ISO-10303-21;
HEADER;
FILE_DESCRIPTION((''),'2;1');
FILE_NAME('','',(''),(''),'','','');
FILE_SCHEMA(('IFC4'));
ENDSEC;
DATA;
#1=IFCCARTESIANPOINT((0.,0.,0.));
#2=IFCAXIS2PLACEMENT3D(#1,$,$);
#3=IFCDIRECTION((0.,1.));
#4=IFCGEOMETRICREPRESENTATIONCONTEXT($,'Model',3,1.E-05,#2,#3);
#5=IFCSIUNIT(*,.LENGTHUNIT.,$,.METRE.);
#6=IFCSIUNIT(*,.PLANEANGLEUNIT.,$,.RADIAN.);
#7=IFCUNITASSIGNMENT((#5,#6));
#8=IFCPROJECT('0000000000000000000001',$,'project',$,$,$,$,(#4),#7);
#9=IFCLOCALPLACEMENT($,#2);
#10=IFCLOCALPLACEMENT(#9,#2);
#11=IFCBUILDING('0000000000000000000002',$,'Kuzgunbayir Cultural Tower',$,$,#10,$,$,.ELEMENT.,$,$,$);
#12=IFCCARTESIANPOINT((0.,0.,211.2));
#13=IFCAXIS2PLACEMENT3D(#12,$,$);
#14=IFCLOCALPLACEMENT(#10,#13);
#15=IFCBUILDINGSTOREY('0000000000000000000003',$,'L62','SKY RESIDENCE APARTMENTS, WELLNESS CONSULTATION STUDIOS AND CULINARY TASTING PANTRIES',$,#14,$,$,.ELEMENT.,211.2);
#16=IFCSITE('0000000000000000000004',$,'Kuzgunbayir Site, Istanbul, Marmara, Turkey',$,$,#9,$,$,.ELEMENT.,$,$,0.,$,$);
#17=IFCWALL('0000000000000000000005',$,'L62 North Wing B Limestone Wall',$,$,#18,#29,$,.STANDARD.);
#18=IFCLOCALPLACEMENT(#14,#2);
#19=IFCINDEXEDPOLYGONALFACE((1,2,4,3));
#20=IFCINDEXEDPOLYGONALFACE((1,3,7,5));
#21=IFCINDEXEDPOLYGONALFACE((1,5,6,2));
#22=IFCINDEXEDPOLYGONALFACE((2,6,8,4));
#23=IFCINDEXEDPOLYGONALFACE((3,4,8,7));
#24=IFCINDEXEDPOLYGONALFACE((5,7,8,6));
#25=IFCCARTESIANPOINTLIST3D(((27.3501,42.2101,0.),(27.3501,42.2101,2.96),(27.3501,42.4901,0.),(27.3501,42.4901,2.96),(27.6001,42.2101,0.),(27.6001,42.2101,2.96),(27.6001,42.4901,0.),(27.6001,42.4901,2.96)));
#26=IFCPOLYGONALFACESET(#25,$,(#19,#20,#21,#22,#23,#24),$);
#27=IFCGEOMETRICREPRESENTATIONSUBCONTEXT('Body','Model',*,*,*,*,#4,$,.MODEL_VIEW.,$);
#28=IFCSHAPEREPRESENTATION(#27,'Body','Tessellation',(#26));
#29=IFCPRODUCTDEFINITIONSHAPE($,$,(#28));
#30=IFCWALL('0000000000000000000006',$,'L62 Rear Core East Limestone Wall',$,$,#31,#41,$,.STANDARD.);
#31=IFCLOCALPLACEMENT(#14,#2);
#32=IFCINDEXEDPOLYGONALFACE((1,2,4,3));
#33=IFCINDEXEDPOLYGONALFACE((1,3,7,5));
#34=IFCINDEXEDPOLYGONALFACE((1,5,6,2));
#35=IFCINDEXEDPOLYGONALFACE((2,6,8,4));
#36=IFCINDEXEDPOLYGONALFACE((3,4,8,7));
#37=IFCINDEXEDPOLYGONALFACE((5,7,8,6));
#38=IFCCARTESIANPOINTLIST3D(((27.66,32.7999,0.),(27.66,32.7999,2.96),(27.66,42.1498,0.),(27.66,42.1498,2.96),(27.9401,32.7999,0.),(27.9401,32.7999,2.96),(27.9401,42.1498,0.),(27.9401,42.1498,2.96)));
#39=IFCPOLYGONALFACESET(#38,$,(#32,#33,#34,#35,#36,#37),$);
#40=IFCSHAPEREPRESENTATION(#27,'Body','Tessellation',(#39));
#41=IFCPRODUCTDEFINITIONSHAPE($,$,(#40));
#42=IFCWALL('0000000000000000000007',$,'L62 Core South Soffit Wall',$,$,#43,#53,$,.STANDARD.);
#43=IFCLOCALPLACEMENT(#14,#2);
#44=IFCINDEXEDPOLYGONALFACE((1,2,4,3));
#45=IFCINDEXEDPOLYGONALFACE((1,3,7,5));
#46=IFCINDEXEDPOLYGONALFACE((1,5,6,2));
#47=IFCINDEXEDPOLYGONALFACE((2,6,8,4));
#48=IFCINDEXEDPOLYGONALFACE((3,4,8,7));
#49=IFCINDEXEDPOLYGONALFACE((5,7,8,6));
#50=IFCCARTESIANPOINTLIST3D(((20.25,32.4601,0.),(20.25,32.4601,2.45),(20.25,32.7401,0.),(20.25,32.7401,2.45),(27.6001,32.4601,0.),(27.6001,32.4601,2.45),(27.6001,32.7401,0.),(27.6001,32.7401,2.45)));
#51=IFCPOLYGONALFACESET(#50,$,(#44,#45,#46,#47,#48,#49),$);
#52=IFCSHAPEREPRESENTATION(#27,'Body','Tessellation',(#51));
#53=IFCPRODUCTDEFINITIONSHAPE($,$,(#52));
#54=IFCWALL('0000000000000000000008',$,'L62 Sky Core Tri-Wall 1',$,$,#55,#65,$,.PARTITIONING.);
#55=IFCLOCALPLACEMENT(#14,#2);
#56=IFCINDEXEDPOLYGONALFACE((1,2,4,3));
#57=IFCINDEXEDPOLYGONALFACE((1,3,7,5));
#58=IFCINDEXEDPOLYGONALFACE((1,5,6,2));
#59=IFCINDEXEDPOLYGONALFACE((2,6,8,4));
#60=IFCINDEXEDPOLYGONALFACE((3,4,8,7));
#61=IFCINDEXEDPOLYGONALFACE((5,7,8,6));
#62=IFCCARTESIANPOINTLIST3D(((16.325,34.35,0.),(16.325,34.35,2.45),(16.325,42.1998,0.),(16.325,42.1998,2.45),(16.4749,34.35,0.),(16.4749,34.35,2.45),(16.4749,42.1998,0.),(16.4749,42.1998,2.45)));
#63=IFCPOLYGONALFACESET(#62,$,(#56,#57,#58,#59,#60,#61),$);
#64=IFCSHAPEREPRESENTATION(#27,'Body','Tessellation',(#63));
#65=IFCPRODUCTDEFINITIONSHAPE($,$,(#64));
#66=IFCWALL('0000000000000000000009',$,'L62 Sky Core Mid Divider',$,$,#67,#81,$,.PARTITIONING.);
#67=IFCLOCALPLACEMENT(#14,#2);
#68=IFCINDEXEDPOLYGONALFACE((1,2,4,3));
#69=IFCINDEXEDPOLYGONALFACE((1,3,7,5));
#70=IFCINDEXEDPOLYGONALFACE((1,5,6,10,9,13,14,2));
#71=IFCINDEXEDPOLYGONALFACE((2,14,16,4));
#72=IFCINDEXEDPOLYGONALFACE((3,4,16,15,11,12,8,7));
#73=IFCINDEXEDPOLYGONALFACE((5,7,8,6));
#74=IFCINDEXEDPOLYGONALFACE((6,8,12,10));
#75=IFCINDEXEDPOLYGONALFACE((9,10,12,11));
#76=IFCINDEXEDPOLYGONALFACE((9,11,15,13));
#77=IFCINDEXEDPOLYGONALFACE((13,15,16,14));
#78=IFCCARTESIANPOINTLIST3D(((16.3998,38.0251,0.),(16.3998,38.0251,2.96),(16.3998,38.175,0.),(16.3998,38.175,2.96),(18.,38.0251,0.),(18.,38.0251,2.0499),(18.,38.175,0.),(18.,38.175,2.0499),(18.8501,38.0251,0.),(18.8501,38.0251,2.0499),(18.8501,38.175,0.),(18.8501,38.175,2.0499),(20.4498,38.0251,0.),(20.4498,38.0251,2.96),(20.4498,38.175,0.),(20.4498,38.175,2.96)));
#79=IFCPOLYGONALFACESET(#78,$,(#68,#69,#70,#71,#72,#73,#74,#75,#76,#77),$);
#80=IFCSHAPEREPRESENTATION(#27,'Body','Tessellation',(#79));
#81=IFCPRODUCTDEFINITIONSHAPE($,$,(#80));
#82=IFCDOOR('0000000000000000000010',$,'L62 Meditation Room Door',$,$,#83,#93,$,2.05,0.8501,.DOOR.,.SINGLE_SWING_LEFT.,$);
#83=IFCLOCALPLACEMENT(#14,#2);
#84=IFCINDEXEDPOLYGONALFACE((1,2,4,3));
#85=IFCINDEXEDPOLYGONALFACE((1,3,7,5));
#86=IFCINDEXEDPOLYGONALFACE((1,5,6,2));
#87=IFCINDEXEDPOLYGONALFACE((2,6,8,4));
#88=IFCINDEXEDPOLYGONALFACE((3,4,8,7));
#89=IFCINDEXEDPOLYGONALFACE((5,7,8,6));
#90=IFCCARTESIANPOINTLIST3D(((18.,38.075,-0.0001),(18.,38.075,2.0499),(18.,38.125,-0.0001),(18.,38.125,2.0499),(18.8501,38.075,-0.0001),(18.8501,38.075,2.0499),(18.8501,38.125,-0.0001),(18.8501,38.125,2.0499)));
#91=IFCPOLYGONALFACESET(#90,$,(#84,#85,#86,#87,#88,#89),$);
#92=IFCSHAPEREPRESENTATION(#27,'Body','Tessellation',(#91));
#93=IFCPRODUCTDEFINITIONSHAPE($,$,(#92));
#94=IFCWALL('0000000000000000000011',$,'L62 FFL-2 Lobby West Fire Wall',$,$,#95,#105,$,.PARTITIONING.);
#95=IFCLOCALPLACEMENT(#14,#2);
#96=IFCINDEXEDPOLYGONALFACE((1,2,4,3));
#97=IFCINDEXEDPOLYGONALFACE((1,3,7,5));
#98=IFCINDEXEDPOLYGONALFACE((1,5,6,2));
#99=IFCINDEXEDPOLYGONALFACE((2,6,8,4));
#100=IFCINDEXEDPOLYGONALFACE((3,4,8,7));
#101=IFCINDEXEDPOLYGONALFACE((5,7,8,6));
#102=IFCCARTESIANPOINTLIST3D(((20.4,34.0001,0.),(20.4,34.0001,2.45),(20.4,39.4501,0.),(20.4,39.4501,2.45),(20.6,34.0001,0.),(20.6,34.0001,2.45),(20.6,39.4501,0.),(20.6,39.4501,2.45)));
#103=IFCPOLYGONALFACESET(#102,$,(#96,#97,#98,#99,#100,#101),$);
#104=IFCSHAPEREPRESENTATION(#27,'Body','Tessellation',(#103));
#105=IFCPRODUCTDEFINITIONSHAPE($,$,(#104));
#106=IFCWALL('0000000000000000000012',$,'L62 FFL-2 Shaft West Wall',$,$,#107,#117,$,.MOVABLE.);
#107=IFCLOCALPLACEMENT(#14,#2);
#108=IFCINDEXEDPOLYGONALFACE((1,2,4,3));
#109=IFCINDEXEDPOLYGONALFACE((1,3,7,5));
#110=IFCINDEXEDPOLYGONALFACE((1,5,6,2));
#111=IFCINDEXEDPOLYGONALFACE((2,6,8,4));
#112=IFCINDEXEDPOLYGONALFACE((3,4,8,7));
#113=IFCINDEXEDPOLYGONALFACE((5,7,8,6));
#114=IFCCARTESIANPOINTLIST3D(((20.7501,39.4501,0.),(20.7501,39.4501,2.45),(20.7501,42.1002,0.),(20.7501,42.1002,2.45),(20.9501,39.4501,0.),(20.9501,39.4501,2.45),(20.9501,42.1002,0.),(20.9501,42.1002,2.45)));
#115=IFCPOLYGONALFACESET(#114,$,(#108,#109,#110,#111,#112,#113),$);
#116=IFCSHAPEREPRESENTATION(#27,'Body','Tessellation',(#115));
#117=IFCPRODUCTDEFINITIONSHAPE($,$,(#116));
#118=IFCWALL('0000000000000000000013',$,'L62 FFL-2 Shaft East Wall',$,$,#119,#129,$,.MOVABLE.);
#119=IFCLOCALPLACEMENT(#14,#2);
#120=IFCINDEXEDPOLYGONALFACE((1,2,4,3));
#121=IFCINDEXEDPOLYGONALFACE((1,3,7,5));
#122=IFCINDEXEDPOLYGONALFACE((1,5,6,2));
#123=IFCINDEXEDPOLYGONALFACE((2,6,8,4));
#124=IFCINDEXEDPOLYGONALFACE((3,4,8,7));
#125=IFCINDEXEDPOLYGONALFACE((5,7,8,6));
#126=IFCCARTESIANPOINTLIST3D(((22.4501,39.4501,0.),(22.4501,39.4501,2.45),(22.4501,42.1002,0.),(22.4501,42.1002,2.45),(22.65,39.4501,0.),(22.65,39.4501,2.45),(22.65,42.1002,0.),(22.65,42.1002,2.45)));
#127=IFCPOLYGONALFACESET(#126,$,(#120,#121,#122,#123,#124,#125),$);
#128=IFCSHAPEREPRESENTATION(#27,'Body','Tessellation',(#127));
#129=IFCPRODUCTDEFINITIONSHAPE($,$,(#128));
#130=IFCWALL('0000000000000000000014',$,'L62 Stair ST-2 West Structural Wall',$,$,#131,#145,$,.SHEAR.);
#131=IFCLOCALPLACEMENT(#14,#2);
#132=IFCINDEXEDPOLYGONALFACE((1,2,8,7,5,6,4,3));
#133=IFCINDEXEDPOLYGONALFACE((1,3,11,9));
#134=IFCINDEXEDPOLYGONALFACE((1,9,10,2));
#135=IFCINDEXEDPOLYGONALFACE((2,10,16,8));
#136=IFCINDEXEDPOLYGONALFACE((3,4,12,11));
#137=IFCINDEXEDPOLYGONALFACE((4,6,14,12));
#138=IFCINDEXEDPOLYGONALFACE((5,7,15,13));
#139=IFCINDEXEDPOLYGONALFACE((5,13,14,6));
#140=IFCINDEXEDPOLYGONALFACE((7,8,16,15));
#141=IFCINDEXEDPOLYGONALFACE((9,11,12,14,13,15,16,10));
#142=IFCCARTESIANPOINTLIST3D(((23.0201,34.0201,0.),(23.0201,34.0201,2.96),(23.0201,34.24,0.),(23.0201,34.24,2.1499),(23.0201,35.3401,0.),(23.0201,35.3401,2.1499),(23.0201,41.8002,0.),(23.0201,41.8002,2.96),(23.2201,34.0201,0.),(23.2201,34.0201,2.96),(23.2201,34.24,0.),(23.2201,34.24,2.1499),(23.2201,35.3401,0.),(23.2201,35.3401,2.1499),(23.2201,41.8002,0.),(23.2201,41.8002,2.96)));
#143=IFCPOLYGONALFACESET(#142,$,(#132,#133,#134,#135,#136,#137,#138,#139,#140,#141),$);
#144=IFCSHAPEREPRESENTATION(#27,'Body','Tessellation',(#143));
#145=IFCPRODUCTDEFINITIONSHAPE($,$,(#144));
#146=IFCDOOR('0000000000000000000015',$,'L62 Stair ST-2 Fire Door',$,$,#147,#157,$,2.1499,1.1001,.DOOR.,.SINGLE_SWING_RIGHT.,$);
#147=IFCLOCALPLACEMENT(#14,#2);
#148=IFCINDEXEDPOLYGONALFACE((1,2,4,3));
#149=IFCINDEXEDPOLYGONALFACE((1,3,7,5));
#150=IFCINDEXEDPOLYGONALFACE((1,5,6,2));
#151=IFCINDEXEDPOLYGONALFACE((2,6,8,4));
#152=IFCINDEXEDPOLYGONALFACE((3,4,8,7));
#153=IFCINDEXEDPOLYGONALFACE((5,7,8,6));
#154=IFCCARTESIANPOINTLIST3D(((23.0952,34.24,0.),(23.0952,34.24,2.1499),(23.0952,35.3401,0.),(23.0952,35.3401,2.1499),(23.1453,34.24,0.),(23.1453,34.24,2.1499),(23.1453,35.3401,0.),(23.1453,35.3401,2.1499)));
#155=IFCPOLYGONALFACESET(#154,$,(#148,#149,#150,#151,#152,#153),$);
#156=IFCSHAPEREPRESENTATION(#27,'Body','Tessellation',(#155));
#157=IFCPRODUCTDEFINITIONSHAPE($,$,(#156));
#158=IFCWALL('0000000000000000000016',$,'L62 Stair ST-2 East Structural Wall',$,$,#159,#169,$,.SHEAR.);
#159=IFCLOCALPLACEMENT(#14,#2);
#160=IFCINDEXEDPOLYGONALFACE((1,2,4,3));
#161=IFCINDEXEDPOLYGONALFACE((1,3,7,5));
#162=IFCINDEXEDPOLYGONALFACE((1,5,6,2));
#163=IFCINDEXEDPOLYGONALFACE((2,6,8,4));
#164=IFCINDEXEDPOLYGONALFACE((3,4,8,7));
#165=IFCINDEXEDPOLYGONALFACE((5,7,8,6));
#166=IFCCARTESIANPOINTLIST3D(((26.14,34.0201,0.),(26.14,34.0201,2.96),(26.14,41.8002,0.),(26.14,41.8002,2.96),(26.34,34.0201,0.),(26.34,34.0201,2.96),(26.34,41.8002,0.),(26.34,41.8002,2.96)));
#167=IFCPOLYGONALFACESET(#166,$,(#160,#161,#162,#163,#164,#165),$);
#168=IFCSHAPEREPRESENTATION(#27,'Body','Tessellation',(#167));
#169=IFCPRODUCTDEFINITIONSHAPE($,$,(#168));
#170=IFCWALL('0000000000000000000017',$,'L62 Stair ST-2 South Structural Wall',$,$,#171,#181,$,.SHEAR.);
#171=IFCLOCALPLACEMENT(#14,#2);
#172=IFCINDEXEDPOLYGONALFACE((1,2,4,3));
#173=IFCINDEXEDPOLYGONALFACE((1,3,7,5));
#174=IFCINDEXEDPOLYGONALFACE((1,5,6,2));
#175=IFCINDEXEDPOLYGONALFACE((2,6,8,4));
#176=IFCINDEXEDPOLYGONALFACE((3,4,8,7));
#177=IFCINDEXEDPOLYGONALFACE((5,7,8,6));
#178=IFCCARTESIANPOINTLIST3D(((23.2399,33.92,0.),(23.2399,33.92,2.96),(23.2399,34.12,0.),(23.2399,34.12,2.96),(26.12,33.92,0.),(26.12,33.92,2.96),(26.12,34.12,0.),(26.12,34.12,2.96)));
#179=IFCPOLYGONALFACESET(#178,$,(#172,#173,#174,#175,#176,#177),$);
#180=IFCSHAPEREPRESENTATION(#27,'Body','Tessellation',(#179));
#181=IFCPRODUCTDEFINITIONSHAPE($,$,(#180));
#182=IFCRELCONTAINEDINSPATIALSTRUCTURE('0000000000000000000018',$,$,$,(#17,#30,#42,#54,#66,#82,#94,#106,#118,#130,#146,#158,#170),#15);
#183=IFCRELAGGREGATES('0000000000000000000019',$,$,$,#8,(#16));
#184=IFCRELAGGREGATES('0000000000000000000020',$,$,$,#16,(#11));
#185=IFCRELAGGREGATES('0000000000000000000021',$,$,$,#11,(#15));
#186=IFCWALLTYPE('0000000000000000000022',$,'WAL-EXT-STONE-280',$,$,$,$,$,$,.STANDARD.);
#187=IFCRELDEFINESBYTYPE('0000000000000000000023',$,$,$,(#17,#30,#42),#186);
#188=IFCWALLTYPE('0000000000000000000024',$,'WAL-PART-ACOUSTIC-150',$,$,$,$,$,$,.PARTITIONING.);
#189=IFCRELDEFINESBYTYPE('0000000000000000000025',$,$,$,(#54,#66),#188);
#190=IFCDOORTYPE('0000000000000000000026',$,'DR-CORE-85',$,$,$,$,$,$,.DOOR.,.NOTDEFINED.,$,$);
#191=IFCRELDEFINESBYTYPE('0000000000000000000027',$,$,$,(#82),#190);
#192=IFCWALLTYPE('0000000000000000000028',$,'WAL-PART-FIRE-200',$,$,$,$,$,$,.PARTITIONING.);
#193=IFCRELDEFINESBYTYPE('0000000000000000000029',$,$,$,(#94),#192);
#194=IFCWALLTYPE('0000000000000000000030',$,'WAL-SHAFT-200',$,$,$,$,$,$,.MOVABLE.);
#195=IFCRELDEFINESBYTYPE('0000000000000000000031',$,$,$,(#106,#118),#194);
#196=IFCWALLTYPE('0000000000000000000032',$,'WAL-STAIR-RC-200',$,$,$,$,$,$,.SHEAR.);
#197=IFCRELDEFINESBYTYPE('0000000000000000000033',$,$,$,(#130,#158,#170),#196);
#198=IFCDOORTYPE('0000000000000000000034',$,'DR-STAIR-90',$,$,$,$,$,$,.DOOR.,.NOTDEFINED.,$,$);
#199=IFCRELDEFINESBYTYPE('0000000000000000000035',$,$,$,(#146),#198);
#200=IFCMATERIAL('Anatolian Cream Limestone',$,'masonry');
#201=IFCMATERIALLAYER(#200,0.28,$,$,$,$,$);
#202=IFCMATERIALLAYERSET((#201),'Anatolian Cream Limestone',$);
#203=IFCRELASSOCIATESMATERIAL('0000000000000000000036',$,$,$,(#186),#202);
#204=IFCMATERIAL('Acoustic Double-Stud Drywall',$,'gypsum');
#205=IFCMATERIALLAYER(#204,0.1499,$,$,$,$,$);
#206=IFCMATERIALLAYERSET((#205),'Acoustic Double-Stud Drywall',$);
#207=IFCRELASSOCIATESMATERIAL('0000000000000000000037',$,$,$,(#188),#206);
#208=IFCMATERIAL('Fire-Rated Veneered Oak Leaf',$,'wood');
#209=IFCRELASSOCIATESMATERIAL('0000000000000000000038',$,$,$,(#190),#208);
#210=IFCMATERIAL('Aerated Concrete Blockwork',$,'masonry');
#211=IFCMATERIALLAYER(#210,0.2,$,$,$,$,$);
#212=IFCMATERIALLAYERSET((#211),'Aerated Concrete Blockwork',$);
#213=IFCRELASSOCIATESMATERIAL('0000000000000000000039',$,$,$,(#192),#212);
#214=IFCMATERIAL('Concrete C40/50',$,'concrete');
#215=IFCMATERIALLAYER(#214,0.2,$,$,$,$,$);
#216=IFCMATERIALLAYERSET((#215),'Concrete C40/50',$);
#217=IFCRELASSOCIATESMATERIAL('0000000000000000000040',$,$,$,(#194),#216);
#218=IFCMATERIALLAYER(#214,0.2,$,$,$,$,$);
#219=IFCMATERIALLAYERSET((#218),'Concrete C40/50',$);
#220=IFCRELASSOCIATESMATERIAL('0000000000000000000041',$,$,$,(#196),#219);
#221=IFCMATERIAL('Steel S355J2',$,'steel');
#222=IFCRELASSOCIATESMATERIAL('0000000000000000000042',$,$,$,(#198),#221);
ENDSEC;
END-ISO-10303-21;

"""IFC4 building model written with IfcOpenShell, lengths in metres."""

from ifc_helpers import new_model, si_unit, direction, frame, frame_2d, origin, place, context, subcontext, project, spatial, rectangle, extrude, material, layer, layer_set, type_object, element, fill, save


model = new_model("IFC4")

# Units and contexts
model_context = context("Model", 3, precision=1e-05, world=origin(), true_north=direction((0.0, 1.0)))
body_context = subcontext(model_context, "Body", "Model", "MODEL_VIEW")
ifc_project = project(units=[si_unit("LENGTHUNIT", "METRE"), si_unit("PLANEANGLEUNIT", "RADIAN")], contexts=[model_context])

# Site, building, storey
site_placement = place(None, origin())
site = spatial("IfcSite", under=ifc_project, at=site_placement, Name="Kuzgunbayir Site, Istanbul, Marmara, Turkey", CompositionType="ELEMENT", RefElevation=0.0)
building_placement = place(site_placement, origin())
building = spatial("IfcBuilding", under=site, at=building_placement, Name="Kuzgunbayir Cultural Tower", CompositionType="ELEMENT")
storey_placement = place(building_placement, frame((0.0, 0.0, 211.2)))
storey = spatial("IfcBuildingStorey", under=building, at=storey_placement, Name="L62", Description="SKY RESIDENCE APARTMENTS, WELLNESS CONSULTATION STUDIOS AND CULINARY TASTING PANTRIES", CompositionType="ELEMENT", Elevation=211.2)

# Shared definitions
ifc_material_1 = material(Name="Steel S355J2", Category="steel")

# Walls
ifc_material_2 = material(Name="Anatolian Cream Limestone", Category="masonry")
ifc_layer_1 = layer(ifc_material_2, 0.28)
ifc_layer_set_1 = layer_set([ifc_layer_1], Name="Anatolian Cream Limestone")
wall_type_1 = type_object("IfcWallType", Name="WAL-EXT-STONE-280", PredefinedType="STANDARD", material=ifc_layer_set_1)
wall_1_placement = place(storey_placement, frame((27.6001, 42.3501, 0.0), z_axis=(0.0, 0.0, 1.0), x_axis=(-1.0, 0.0, 0.0)))
element("IfcWall", 1, at=wall_1_placement, inside=storey, type_object=wall_type_1, Name="L62 North Wing B Limestone Wall", PredefinedType="STANDARD", context=body_context, shape_type="SweptSolid", body=[
    extrude(rectangle(XDim=0.25, YDim=0.28, at=frame_2d((0.125, 0.0))), origin(), (0.0, 0.0, 1.0), 2.96),
])
wall_2_placement = place(storey_placement, frame((27.8, 32.8, 0.0), z_axis=(0.0, 0.0, 1.0), x_axis=(0.0, 1.0, 0.0)))
element("IfcWall", 2, at=wall_2_placement, inside=storey, type_object=wall_type_1, Name="L62 Rear Core East Limestone Wall", PredefinedType="STANDARD", context=body_context, shape_type="SweptSolid", body=[
    extrude(rectangle(XDim=9.3499, YDim=0.28, at=frame_2d((4.6748, 0.0))), origin(), (0.0, 0.0, 1.0), 2.96),
])
wall_3_placement = place(storey_placement, frame((20.25, 32.6001, 0.0), z_axis=(0.0, 0.0, 1.0), x_axis=(1.0, 0.0, 0.0)))
element("IfcWall", 3, at=wall_3_placement, inside=storey, type_object=wall_type_1, Name="L62 Core South Soffit Wall", PredefinedType="STANDARD", context=body_context, shape_type="SweptSolid", body=[
    extrude(rectangle(XDim=7.3501, YDim=0.28, at=frame_2d((3.675, 0.0))), origin(), (0.0, 0.0, 1.0), 2.45),
])
ifc_material_3 = material(Name="Acoustic Double-Stud Drywall", Category="gypsum")
ifc_layer_2 = layer(ifc_material_3, 0.1499)
ifc_layer_set_2 = layer_set([ifc_layer_2], Name="Acoustic Double-Stud Drywall")
wall_type_2 = type_object("IfcWallType", Name="WAL-PART-ACOUSTIC-150", PredefinedType="PARTITIONING", material=ifc_layer_set_2)
wall_4_placement = place(storey_placement, frame((16.3999, 34.3501, 0.0), z_axis=(0.0, 0.0, 1.0), x_axis=(0.0, 1.0, 0.0)))
element("IfcWall", 4, at=wall_4_placement, inside=storey, type_object=wall_type_2, Name="L62 Sky Core Tri-Wall 1", PredefinedType="PARTITIONING", context=body_context, shape_type="SweptSolid", body=[
    extrude(rectangle(XDim=7.8499, YDim=0.1499, at=frame_2d((3.9248, 0.0))), origin(), (0.0, 0.0, 1.0), 2.45),
])

# Wall, opening, door
wall_5_placement = place(storey_placement, frame((16.3999, 38.1001, 0.0), z_axis=(0.0, 0.0, 1.0), x_axis=(1.0, 0.0, 0.0)))
wall_5 = element("IfcWall", 5, at=wall_5_placement, inside=storey, type_object=wall_type_2, Name="L62 Sky Core Mid Divider", PredefinedType="PARTITIONING", context=body_context, shape_type="SweptSolid", body=[
    extrude(rectangle(XDim=4.05, YDim=0.1499, at=frame_2d((2.0249, 0.0))), origin(), (0.0, 0.0, 1.0), 2.96),
])
opening_1_placement = place(wall_5_placement, frame((1.6001, 0.0, 0.0)))
opening_1 = element("IfcOpeningElement", 6, at=opening_1_placement, cuts=wall_5, PredefinedType="OPENING", context=body_context, shape_type="SweptSolid", body=[
    extrude(rectangle(XDim=0.8501, YDim=2.05, at=frame_2d((0.425, 1.0249))), frame((0.0, 0.085, 0.0), z_axis=(0.0, -1.0, 0.0), x_axis=(1.0, 0.0, 0.0)), (0.0, 0.0, 1.0), 0.1699),
])
ifc_material_4 = material(Name="Fire-Rated Veneered Oak Leaf", Category="wood")
door_type_1 = type_object("IfcDoorType", Name="DR-CORE-85", OperationType="NOTDEFINED", PredefinedType="DOOR", material=ifc_material_4)
door_1_placement = place(opening_1_placement, origin())
door_1 = element("IfcDoor", 7, at=door_1_placement, inside=storey, type_object=door_type_1, Name="L62 Meditation Room Door", OperationType="SINGLE_SWING_LEFT", OverallHeight=2.05, OverallWidth=0.8501, PredefinedType="DOOR", context=body_context, shape_type="SweptSolid", body=[
    extrude(rectangle(XDim=0.8501, YDim=2.05, at=frame_2d((0.425, 1.0249))), frame((0.0, 0.0249, 0.0), z_axis=(0.0, -1.0, 0.0), x_axis=(1.0, 0.0, 0.0)), (0.0, 0.0, 1.0), 0.05),
])
fill(opening_1, door_1)

# Wall
ifc_material_5 = material(Name="Aerated Concrete Blockwork", Category="masonry")
ifc_layer_3 = layer(ifc_material_5, 0.2)
ifc_layer_set_3 = layer_set([ifc_layer_3], Name="Aerated Concrete Blockwork")
wall_type_3 = type_object("IfcWallType", Name="WAL-PART-FIRE-200", PredefinedType="PARTITIONING", material=ifc_layer_set_3)
wall_6_placement = place(storey_placement, frame((20.5, 34.0, 0.0), z_axis=(0.0, 0.0, 1.0), x_axis=(0.0, 1.0, 0.0)))
element("IfcWall", 8, at=wall_6_placement, inside=storey, type_object=wall_type_3, Name="L62 FFL-2 Lobby West Fire Wall", PredefinedType="PARTITIONING", context=body_context, shape_type="SweptSolid", body=[
    extrude(rectangle(XDim=5.45, YDim=0.2, at=frame_2d((2.7251, 0.0))), origin(), (0.0, 0.0, 1.0), 2.45),
])

# Shared definitions
ifc_material_6 = material(Name="Concrete C40/50", Category="concrete")
ifc_layer_4 = layer(ifc_material_6, 0.2)
ifc_layer_set_4 = layer_set([ifc_layer_4], Name="Concrete C40/50")
wall_type_4 = type_object("IfcWallType", Name="WAL-SHAFT-200", PredefinedType="MOVABLE", material=ifc_layer_set_4)

# Walls
for number, where, z_axis, x_axis, name in (
    (9, (20.8501, 39.45, 0.0), (0.0, 0.0, 1.0), (0.0, 1.0, 0.0), "L62 FFL-2 Shaft West Wall"),
    (10, (22.55, 39.45, 0.0), (0.0, 0.0, 1.0), (0.0, 1.0, 0.0), "L62 FFL-2 Shaft East Wall"),
):
    element("IfcWall", number, at=place(storey_placement, frame(where, z_axis=z_axis, x_axis=x_axis)), inside=storey, type_object=wall_type_4, Name=name, PredefinedType="MOVABLE", context=body_context, shape_type="SweptSolid", body=[
        extrude(rectangle(XDim=2.6501, YDim=0.2, at=frame_2d((1.3252, 0.0))), origin(), (0.0, 0.0, 1.0), 2.45),
    ])

# Wall, opening, door
ifc_layer_5 = layer(ifc_material_6, 0.2)
ifc_layer_set_5 = layer_set([ifc_layer_5], Name="Concrete C40/50")
wall_type_5 = type_object("IfcWallType", Name="WAL-STAIR-RC-200", PredefinedType="SHEAR", material=ifc_layer_set_5)
wall_7_placement = place(storey_placement, frame((23.1201, 34.02, 0.0), z_axis=(0.0, 0.0, 1.0), x_axis=(0.0, 1.0, 0.0)))
wall_7 = element("IfcWall", 11, at=wall_7_placement, inside=storey, type_object=wall_type_5, Name="L62 Stair ST-2 West Structural Wall", PredefinedType="SHEAR", context=body_context, shape_type="SweptSolid", body=[
    extrude(rectangle(XDim=7.78, YDim=0.2, at=frame_2d((3.8901, 0.0))), origin(), (0.0, 0.0, 1.0), 2.96),
])
opening_2_placement = place(wall_7_placement, frame((0.22, 0.0, 0.0)))
opening_2 = element("IfcOpeningElement", 12, at=opening_2_placement, cuts=wall_7, PredefinedType="OPENING", context=body_context, shape_type="SweptSolid", body=[
    extrude(rectangle(XDim=1.1001, YDim=2.1499, at=frame_2d((0.55, 1.075))), frame((0.0, 0.1099, 0.0), z_axis=(0.0, -1.0, 0.0), x_axis=(1.0, 0.0, 0.0)), (0.0, 0.0, 1.0), 0.22),
])
door_type_2 = type_object("IfcDoorType", Name="DR-STAIR-90", OperationType="NOTDEFINED", PredefinedType="DOOR", material=ifc_material_1)
door_2_placement = place(opening_2_placement, origin())
door_2 = element("IfcDoor", 13, at=door_2_placement, inside=storey, type_object=door_type_2, Name="L62 Stair ST-2 Fire Door", OperationType="SINGLE_SWING_RIGHT", OverallHeight=2.1499, OverallWidth=1.1001, PredefinedType="DOOR", context=body_context, shape_type="SweptSolid", body=[
    extrude(rectangle(XDim=1.1001, YDim=2.1499, at=frame_2d((0.55, 1.075))), frame((0.0, 0.0249, 0.0), z_axis=(0.0, -1.0, 0.0), x_axis=(1.0, 0.0, 0.0)), (0.0, 0.0, 1.0), 0.05),
])
fill(opening_2, door_2)

# Walls
wall_8_placement = place(storey_placement, frame((26.24, 34.02, 0.0), z_axis=(0.0, 0.0, 1.0), x_axis=(0.0, 1.0, 0.0)))
element("IfcWall", 14, at=wall_8_placement, inside=storey, type_object=wall_type_5, Name="L62 Stair ST-2 East Structural Wall", PredefinedType="SHEAR", context=body_context, shape_type="SweptSolid", body=[
    extrude(rectangle(XDim=7.78, YDim=0.2, at=frame_2d((3.8901, 0.0))), origin(), (0.0, 0.0, 1.0), 2.96),
])
wall_9_placement = place(storey_placement, frame((23.24, 34.02, 0.0), z_axis=(0.0, 0.0, 1.0), x_axis=(1.0, 0.0, 0.0)))
element("IfcWall", 15, at=wall_9_placement, inside=storey, type_object=wall_type_5, Name="L62 Stair ST-2 South Structural Wall", PredefinedType="SHEAR", context=body_context, shape_type="SweptSolid", body=[
    extrude(rectangle(XDim=2.8801, YDim=0.2, at=frame_2d((1.4399, 0.0))), origin(), (0.0, 0.0, 1.0), 2.96),
])

save(model, "model.ifc")
